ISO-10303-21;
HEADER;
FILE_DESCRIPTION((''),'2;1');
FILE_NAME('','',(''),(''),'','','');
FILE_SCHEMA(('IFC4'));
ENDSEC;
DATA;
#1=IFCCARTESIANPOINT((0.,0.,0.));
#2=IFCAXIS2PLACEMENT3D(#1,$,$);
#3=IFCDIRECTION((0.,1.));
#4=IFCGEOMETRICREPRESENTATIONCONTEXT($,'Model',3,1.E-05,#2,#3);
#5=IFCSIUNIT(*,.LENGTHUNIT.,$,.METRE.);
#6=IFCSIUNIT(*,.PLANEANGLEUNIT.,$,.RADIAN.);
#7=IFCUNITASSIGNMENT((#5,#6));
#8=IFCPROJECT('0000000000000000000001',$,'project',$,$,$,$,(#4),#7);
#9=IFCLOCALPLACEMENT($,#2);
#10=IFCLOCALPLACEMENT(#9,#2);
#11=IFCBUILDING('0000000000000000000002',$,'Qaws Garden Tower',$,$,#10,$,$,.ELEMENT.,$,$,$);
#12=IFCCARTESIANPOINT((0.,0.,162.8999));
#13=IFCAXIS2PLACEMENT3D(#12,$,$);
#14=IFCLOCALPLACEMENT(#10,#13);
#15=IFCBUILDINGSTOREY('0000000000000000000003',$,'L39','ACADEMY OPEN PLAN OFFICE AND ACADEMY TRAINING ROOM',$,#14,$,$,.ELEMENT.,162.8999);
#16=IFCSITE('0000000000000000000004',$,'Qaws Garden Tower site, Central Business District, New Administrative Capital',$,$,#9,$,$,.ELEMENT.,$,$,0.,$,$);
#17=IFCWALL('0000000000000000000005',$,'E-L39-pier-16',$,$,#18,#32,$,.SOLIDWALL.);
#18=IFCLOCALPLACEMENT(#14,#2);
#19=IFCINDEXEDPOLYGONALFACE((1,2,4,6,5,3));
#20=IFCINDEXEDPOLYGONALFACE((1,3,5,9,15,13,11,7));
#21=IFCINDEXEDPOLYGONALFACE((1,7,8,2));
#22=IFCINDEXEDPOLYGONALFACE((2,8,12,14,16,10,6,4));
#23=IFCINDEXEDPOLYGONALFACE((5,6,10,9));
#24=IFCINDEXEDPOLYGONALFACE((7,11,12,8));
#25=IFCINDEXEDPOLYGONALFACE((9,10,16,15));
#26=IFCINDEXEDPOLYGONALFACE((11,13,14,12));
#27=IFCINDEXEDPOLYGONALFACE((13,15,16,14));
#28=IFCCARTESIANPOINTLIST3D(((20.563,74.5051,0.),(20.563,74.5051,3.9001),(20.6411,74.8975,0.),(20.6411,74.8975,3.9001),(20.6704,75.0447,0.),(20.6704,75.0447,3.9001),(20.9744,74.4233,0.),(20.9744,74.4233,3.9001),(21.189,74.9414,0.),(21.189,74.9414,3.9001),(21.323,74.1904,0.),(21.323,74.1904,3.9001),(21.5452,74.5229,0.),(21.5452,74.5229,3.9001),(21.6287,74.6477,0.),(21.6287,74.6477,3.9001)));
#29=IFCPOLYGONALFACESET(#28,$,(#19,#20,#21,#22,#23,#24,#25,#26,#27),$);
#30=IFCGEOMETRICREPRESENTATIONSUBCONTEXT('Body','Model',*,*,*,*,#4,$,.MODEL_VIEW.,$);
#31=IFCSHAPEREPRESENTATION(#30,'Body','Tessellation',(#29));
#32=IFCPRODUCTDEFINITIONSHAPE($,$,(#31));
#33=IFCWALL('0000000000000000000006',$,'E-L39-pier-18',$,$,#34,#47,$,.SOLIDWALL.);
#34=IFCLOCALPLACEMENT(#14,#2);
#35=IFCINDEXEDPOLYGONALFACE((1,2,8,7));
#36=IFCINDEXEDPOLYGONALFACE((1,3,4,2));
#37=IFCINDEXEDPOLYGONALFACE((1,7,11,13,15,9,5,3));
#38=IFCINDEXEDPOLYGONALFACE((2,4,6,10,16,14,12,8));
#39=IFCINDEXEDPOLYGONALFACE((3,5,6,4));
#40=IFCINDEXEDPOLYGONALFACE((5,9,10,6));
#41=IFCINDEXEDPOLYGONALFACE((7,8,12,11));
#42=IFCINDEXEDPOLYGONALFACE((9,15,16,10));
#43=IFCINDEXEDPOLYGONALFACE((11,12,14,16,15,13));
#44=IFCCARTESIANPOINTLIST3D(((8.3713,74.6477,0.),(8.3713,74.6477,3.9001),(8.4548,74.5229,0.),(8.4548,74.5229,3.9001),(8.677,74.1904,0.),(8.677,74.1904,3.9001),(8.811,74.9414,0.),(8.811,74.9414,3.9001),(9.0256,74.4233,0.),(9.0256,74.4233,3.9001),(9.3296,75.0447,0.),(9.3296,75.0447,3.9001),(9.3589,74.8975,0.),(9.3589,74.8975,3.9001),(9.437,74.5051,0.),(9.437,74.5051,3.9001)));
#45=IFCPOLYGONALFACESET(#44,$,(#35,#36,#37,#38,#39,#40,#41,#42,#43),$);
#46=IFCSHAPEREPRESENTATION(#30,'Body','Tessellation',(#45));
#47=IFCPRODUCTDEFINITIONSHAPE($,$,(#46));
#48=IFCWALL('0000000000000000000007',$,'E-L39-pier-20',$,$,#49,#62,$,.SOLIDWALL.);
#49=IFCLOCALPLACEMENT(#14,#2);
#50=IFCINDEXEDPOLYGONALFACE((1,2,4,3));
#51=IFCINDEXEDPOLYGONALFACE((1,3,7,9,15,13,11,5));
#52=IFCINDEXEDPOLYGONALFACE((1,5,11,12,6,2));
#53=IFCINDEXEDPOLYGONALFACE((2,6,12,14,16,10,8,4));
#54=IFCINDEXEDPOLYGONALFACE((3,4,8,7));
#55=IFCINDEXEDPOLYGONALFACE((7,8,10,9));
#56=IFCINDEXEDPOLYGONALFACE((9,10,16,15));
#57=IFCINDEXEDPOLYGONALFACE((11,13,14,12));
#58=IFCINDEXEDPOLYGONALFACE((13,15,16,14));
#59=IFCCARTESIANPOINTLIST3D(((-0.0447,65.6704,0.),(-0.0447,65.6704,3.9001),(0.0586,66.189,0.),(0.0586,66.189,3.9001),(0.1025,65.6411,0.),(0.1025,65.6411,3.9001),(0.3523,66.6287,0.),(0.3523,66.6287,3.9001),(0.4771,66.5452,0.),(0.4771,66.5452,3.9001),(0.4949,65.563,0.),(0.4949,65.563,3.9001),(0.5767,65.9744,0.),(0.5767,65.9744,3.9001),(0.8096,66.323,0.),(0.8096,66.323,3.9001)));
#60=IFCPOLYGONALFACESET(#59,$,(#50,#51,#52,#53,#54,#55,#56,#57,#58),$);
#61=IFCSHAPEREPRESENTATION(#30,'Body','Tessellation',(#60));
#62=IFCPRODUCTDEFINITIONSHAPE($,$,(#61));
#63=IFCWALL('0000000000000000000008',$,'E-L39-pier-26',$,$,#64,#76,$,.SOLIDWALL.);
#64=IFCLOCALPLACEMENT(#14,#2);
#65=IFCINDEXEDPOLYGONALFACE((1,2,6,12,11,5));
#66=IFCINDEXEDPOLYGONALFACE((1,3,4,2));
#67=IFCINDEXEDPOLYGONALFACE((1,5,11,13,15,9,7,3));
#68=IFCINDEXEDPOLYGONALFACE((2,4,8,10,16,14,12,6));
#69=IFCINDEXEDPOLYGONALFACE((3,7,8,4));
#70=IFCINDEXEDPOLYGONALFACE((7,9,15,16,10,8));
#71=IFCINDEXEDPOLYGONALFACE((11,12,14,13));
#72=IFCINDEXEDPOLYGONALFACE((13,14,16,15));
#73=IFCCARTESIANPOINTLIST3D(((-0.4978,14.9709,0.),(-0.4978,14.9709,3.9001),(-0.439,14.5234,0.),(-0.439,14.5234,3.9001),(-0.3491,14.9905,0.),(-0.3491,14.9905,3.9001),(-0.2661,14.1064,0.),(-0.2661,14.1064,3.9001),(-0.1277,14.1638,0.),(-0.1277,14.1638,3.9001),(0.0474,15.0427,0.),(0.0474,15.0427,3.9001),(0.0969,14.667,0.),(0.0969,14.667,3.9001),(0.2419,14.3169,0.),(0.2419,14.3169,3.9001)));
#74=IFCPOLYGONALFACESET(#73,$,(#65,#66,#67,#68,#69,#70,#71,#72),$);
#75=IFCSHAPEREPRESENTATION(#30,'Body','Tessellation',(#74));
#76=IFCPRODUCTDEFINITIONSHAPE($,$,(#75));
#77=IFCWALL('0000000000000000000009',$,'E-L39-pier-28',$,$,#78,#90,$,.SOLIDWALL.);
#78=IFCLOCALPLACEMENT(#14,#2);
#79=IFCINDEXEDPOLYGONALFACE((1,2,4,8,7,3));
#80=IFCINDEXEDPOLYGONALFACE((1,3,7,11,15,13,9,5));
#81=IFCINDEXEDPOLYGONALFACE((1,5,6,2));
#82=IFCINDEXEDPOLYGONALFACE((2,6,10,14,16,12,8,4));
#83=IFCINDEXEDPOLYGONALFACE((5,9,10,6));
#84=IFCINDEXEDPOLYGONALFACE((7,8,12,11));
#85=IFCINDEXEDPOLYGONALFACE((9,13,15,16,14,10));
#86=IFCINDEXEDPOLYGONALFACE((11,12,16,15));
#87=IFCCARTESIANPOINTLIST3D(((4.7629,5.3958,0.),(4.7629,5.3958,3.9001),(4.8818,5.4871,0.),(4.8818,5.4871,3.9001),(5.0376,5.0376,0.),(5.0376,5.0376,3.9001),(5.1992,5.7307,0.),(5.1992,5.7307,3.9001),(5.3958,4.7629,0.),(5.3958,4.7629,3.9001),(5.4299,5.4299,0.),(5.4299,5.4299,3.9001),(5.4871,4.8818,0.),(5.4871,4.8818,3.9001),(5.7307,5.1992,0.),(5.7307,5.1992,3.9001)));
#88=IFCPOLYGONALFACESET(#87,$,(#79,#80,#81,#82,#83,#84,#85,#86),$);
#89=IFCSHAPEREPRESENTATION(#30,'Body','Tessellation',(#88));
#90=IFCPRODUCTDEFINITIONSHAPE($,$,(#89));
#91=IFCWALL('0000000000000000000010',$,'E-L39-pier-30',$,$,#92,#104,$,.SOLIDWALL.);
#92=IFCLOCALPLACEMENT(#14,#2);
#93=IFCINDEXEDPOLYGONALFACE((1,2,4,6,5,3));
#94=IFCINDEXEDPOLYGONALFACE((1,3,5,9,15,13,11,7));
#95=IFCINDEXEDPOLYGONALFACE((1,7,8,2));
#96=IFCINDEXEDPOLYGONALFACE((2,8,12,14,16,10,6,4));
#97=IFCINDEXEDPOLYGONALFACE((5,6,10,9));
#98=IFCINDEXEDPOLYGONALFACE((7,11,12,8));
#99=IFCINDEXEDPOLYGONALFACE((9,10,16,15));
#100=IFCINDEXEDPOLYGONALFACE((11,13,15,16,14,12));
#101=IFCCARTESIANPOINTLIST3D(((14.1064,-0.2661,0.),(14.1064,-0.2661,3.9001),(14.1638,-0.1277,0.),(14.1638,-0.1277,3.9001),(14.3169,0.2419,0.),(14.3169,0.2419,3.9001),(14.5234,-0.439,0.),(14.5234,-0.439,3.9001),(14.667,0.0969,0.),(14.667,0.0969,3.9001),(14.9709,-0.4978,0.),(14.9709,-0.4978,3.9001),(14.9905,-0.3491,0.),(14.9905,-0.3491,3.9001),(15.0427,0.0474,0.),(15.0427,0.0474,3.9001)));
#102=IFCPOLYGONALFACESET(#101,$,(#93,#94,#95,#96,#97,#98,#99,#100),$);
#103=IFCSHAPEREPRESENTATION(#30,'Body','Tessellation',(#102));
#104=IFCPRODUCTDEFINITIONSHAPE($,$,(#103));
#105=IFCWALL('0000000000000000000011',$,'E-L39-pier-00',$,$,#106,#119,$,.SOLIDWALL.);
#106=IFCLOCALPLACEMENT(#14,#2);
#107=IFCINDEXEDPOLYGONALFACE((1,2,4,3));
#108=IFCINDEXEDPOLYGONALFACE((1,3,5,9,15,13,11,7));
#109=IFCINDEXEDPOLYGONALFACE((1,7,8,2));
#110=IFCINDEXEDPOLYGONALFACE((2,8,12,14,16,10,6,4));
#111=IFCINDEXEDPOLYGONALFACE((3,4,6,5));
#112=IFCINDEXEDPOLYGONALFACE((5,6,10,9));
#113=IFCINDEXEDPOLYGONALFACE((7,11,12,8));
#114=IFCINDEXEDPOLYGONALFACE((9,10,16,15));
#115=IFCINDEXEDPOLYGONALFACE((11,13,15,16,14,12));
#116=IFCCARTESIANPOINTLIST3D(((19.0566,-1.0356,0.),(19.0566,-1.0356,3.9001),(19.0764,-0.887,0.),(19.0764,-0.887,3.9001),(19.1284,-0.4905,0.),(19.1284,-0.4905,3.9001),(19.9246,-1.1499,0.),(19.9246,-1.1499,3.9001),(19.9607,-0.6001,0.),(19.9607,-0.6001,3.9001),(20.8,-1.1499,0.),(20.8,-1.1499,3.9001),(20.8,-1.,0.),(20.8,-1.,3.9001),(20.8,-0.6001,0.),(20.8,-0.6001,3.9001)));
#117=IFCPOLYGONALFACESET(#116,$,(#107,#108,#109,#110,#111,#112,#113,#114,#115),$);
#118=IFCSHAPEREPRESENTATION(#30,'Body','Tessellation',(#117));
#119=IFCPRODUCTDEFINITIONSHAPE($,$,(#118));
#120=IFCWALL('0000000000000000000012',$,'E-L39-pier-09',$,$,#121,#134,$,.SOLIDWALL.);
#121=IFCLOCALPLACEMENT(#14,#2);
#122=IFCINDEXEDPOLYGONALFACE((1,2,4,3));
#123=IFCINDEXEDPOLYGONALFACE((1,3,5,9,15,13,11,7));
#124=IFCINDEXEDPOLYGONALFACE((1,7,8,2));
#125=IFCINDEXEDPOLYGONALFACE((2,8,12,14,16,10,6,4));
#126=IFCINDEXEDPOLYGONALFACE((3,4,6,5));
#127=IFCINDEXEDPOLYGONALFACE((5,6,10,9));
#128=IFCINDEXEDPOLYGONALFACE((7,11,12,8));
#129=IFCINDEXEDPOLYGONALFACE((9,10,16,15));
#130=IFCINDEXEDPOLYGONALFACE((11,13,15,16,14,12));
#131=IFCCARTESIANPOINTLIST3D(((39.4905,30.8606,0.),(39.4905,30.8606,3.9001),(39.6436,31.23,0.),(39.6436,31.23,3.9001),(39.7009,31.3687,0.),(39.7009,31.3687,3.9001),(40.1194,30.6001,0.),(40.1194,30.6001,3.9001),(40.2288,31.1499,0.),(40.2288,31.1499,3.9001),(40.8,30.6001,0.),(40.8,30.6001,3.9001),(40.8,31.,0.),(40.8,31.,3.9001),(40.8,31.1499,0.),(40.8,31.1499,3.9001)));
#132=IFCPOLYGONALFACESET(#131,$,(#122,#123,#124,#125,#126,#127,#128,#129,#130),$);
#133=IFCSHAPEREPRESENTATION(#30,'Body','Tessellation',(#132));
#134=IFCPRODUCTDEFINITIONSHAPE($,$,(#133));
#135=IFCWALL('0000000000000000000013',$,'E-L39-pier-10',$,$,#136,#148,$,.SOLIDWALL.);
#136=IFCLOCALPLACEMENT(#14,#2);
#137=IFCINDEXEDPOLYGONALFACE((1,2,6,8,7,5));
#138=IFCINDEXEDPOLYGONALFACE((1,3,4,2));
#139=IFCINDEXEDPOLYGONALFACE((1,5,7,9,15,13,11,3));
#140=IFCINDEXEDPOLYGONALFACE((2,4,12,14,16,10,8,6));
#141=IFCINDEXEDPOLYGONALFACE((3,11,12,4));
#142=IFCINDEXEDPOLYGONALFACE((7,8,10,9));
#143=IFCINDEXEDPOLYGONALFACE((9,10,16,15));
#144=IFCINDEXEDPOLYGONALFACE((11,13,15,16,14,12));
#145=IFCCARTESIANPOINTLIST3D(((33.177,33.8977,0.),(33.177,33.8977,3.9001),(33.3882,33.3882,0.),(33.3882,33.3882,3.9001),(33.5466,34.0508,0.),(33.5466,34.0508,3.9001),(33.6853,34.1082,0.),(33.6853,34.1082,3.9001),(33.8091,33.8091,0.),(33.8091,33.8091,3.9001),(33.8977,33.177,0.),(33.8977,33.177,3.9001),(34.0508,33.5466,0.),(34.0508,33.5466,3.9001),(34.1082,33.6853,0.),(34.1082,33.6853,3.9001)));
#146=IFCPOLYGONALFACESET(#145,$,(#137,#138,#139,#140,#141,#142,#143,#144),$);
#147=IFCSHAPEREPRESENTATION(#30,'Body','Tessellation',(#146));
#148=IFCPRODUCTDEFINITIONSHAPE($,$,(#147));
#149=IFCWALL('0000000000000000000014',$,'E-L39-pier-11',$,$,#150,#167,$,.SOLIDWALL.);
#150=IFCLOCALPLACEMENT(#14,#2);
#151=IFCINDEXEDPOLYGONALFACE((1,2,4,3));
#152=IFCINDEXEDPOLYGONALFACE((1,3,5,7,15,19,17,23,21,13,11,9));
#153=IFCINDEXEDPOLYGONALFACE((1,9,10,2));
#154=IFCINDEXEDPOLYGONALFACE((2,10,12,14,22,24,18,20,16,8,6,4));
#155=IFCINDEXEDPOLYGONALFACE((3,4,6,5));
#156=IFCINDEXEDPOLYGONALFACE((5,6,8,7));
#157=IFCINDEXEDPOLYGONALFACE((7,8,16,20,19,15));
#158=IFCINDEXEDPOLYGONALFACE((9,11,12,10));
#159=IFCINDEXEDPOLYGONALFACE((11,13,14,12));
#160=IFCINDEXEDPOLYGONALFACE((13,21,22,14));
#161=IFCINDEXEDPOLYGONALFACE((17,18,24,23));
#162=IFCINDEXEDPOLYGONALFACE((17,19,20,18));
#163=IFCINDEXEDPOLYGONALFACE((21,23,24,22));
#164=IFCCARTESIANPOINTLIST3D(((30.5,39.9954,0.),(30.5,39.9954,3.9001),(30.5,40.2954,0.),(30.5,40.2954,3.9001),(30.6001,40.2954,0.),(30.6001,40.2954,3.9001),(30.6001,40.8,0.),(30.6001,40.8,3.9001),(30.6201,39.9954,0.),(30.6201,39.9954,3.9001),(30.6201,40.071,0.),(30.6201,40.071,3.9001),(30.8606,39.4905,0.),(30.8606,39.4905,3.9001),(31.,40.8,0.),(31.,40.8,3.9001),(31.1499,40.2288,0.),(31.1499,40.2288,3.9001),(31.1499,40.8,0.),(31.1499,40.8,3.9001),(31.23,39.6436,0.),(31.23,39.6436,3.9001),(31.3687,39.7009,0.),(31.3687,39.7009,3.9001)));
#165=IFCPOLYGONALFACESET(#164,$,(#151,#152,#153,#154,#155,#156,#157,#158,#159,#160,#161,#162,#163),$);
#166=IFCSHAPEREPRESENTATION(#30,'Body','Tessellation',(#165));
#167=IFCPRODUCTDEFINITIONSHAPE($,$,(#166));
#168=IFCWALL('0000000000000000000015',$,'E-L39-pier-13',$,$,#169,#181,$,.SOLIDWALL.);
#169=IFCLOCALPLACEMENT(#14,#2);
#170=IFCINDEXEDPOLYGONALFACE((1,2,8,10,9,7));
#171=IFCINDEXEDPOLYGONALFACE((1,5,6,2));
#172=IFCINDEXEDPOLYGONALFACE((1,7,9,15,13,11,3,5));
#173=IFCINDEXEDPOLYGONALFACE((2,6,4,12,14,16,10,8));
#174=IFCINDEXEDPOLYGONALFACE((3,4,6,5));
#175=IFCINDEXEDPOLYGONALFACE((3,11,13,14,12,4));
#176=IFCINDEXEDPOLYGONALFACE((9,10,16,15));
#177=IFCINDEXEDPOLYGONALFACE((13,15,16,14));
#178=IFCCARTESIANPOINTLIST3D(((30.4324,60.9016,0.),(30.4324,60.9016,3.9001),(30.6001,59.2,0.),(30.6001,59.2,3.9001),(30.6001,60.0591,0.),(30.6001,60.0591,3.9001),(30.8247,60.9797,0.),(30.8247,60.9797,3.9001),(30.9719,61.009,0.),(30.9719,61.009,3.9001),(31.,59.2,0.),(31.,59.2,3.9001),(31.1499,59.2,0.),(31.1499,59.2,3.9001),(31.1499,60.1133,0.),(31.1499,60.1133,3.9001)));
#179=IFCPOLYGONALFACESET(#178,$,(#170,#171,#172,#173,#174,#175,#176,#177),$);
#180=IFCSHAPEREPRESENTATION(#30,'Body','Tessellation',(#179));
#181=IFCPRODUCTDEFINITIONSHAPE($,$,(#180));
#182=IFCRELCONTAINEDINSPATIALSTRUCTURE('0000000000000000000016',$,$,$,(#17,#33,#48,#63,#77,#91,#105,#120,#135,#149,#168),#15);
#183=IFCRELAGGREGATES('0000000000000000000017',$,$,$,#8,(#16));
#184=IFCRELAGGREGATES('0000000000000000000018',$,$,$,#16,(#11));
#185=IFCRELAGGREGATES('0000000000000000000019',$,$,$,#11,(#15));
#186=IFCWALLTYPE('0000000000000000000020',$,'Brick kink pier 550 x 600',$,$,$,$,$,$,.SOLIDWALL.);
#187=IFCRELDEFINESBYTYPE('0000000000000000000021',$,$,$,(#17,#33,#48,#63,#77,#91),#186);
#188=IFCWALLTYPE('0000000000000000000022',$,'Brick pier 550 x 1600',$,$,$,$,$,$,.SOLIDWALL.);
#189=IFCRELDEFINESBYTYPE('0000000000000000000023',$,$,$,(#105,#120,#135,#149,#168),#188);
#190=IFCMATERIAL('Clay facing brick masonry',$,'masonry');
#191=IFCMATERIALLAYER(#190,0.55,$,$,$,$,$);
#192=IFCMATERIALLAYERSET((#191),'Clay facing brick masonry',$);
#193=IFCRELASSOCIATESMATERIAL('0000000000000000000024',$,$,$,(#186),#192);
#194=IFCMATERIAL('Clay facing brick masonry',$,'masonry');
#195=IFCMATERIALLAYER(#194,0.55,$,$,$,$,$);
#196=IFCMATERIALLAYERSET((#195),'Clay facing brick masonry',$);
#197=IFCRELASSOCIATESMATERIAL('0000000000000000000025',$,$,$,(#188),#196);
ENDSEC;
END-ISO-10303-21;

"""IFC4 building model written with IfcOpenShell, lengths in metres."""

from ifc_helpers import new_model, si_unit, direction, frame, origin, place, context, subcontext, project, spatial, polyline, outline, extrude, material, layer, layer_set, type_object, element, save


model = new_model("IFC4")

# Units and contexts
model_context = context("Model", 3, precision=1e-05, world=origin(), true_north=direction((0.0, 1.0)))
body_context = subcontext(model_context, "Body", "Model", "MODEL_VIEW")
ifc_project = project(units=[si_unit("LENGTHUNIT", "METRE"), si_unit("PLANEANGLEUNIT", "RADIAN")], contexts=[model_context])

# Site, building, storey
site_placement = place(None, origin())
site = spatial("IfcSite", under=ifc_project, at=site_placement, Name="Qaws Garden Tower site, Central Business District, New Administrative Capital", CompositionType="ELEMENT", RefElevation=0.0)
building_placement = place(site_placement, origin())
building = spatial("IfcBuilding", under=site, at=building_placement, Name="Qaws Garden Tower", CompositionType="ELEMENT")
storey_placement = place(building_placement, frame((0.0, 0.0, 162.8999)))
storey = spatial("IfcBuildingStorey", under=building, at=storey_placement, Name="L39", Description="ACADEMY OPEN PLAN OFFICE AND ACADEMY TRAINING ROOM", CompositionType="ELEMENT", Elevation=162.8999)

# Walls
placement = place(storey_placement, origin())
ifc_material_1 = material(Name="Clay facing brick masonry", Category="masonry")
ifc_layer_1 = layer(ifc_material_1, 0.55)
ifc_layer_set_1 = layer_set([ifc_layer_1], Name="Clay facing brick masonry")
wall_type_1 = type_object("IfcWallType", Name="Brick kink pier 550 x 600", PredefinedType="SOLIDWALL", material=ifc_layer_set_1)
element("IfcWall", 1, at=placement, inside=storey, type_object=wall_type_1, Name="E-L39-pier-16", PredefinedType="SOLIDWALL", context=body_context, shape_type="SweptSolid", body=[
    extrude(outline(polyline([(21.5452, 74.5229), (21.6287, 74.6477), (21.189, 74.9414), (20.6704, 75.0447), (20.6411, 74.8975), (20.563, 74.5051), (20.9744, 74.4233), (21.323, 74.1904), (21.5452, 74.5229)])), origin(), (0.0, 0.0, 1.0), 3.9001),
])
element("IfcWall", 2, at=placement, inside=storey, type_object=wall_type_1, Name="E-L39-pier-18", PredefinedType="SOLIDWALL", context=body_context, shape_type="SweptSolid", body=[
    extrude(outline(polyline([(9.3589, 74.8975), (9.3296, 75.0447), (8.811, 74.9414), (8.3713, 74.6477), (8.4548, 74.5229), (8.677, 74.1904), (9.0256, 74.4233), (9.437, 74.5051), (9.3589, 74.8975)])), origin(), (0.0, 0.0, 1.0), 3.9001),
])
element("IfcWall", 3, at=placement, inside=storey, type_object=wall_type_1, Name="E-L39-pier-20", PredefinedType="SOLIDWALL", context=body_context, shape_type="SweptSolid", body=[
    extrude(outline(polyline([(0.4771, 66.5452), (0.3523, 66.6287), (0.0586, 66.189), (-0.0447, 65.6704), (0.1025, 65.6411), (0.4949, 65.563), (0.5767, 65.9744), (0.8096, 66.323), (0.4771, 66.5452)])), origin(), (0.0, 0.0, 1.0), 3.9001),
])
element("IfcWall", 4, at=placement, inside=storey, type_object=wall_type_1, Name="E-L39-pier-26", PredefinedType="SOLIDWALL", context=body_context, shape_type="SweptSolid", body=[
    extrude(outline(polyline([(-0.3491, 14.9905), (-0.4978, 14.9709), (-0.439, 14.5234), (-0.2661, 14.1064), (-0.1277, 14.1638), (0.2419, 14.3169), (0.0969, 14.667), (0.0474, 15.0427), (-0.3491, 14.9905)])), origin(), (0.0, 0.0, 1.0), 3.9001),
])
element("IfcWall", 5, at=placement, inside=storey, type_object=wall_type_1, Name="E-L39-pier-28", PredefinedType="SOLIDWALL", context=body_context, shape_type="SweptSolid", body=[
    extrude(outline(polyline([(4.8818, 5.4871), (4.7629, 5.3958), (5.0376, 5.0376), (5.3958, 4.7629), (5.4871, 4.8818), (5.7307, 5.1992), (5.4299, 5.4299), (5.1992, 5.7307), (4.8818, 5.4871)])), origin(), (0.0, 0.0, 1.0), 3.9001),
])
element("IfcWall", 6, at=placement, inside=storey, type_object=wall_type_1, Name="E-L39-pier-30", PredefinedType="SOLIDWALL", context=body_context, shape_type="SweptSolid", body=[
    extrude(outline(polyline([(14.1638, -0.1277), (14.1064, -0.2661), (14.5234, -0.439), (14.9709, -0.4978), (14.9905, -0.3491), (15.0427, 0.0474), (14.667, 0.0969), (14.3169, 0.2419), (14.1638, -0.1277)])), origin(), (0.0, 0.0, 1.0), 3.9001),
])
ifc_material_2 = material(Name="Clay facing brick masonry", Category="masonry")
ifc_layer_2 = layer(ifc_material_2, 0.55)
ifc_layer_set_2 = layer_set([ifc_layer_2], Name="Clay facing brick masonry")
wall_type_2 = type_object("IfcWallType", Name="Brick pier 550 x 1600", PredefinedType="SOLIDWALL", material=ifc_layer_set_2)
element("IfcWall", 7, at=placement, inside=storey, type_object=wall_type_2, Name="E-L39-pier-00", PredefinedType="SOLIDWALL", context=body_context, shape_type="SweptSolid", body=[
    extrude(outline(polyline([(19.0764, -0.887), (19.0566, -1.0356), (19.9246, -1.1499), (20.8, -1.1499), (20.8, -1.0), (20.8, -0.6001), (19.9607, -0.6001), (19.1284, -0.4905), (19.0764, -0.887)])), origin(), (0.0, 0.0, 1.0), 3.9001),
])
element("IfcWall", 8, at=placement, inside=storey, type_object=wall_type_2, Name="E-L39-pier-09", PredefinedType="SOLIDWALL", context=body_context, shape_type="SweptSolid", body=[
    extrude(outline(polyline([(40.8, 31.0), (40.8, 31.1499), (40.2288, 31.1499), (39.7009, 31.3687), (39.6436, 31.23), (39.4905, 30.8606), (40.1194, 30.6001), (40.8, 30.6001), (40.8, 31.0)])), origin(), (0.0, 0.0, 1.0), 3.9001),
])
element("IfcWall", 9, at=placement, inside=storey, type_object=wall_type_2, Name="E-L39-pier-10", PredefinedType="SOLIDWALL", context=body_context, shape_type="SweptSolid", body=[
    extrude(outline(polyline([(34.0508, 33.5466), (34.1082, 33.6853), (33.8091, 33.8091), (33.6853, 34.1082), (33.5466, 34.0508), (33.177, 33.8977), (33.3882, 33.3882), (33.8977, 33.177), (34.0508, 33.5466)])), origin(), (0.0, 0.0, 1.0), 3.9001),
])
element("IfcWall", 10, at=placement, inside=storey, type_object=wall_type_2, Name="E-L39-pier-11", PredefinedType="SOLIDWALL", context=body_context, shape_type="SweptSolid", body=[
    extrude(outline(polyline([(30.6201, 39.9954), (30.6201, 40.071), (30.8606, 39.4905), (31.23, 39.6436), (31.3687, 39.7009), (31.1499, 40.2288), (31.1499, 40.8), (31.0, 40.8), (30.6001, 40.8), (30.6001, 40.2954), (30.5, 40.2954), (30.5, 39.9954), (30.6201, 39.9954)])), origin(), (0.0, 0.0, 1.0), 3.9001),
])
element("IfcWall", 11, at=placement, inside=storey, type_object=wall_type_2, Name="E-L39-pier-13", PredefinedType="SOLIDWALL", context=body_context, shape_type="SweptSolid", body=[
    extrude(outline(polyline([(31.0, 59.2), (31.1499, 59.2), (31.1499, 60.1133), (30.9719, 61.009), (30.8247, 60.9797), (30.4324, 60.9016), (30.6001, 60.0591), (30.6001, 59.2), (31.0, 59.2)])), origin(), (0.0, 0.0, 1.0), 3.9001),
])

save(model, "model.ifc")
